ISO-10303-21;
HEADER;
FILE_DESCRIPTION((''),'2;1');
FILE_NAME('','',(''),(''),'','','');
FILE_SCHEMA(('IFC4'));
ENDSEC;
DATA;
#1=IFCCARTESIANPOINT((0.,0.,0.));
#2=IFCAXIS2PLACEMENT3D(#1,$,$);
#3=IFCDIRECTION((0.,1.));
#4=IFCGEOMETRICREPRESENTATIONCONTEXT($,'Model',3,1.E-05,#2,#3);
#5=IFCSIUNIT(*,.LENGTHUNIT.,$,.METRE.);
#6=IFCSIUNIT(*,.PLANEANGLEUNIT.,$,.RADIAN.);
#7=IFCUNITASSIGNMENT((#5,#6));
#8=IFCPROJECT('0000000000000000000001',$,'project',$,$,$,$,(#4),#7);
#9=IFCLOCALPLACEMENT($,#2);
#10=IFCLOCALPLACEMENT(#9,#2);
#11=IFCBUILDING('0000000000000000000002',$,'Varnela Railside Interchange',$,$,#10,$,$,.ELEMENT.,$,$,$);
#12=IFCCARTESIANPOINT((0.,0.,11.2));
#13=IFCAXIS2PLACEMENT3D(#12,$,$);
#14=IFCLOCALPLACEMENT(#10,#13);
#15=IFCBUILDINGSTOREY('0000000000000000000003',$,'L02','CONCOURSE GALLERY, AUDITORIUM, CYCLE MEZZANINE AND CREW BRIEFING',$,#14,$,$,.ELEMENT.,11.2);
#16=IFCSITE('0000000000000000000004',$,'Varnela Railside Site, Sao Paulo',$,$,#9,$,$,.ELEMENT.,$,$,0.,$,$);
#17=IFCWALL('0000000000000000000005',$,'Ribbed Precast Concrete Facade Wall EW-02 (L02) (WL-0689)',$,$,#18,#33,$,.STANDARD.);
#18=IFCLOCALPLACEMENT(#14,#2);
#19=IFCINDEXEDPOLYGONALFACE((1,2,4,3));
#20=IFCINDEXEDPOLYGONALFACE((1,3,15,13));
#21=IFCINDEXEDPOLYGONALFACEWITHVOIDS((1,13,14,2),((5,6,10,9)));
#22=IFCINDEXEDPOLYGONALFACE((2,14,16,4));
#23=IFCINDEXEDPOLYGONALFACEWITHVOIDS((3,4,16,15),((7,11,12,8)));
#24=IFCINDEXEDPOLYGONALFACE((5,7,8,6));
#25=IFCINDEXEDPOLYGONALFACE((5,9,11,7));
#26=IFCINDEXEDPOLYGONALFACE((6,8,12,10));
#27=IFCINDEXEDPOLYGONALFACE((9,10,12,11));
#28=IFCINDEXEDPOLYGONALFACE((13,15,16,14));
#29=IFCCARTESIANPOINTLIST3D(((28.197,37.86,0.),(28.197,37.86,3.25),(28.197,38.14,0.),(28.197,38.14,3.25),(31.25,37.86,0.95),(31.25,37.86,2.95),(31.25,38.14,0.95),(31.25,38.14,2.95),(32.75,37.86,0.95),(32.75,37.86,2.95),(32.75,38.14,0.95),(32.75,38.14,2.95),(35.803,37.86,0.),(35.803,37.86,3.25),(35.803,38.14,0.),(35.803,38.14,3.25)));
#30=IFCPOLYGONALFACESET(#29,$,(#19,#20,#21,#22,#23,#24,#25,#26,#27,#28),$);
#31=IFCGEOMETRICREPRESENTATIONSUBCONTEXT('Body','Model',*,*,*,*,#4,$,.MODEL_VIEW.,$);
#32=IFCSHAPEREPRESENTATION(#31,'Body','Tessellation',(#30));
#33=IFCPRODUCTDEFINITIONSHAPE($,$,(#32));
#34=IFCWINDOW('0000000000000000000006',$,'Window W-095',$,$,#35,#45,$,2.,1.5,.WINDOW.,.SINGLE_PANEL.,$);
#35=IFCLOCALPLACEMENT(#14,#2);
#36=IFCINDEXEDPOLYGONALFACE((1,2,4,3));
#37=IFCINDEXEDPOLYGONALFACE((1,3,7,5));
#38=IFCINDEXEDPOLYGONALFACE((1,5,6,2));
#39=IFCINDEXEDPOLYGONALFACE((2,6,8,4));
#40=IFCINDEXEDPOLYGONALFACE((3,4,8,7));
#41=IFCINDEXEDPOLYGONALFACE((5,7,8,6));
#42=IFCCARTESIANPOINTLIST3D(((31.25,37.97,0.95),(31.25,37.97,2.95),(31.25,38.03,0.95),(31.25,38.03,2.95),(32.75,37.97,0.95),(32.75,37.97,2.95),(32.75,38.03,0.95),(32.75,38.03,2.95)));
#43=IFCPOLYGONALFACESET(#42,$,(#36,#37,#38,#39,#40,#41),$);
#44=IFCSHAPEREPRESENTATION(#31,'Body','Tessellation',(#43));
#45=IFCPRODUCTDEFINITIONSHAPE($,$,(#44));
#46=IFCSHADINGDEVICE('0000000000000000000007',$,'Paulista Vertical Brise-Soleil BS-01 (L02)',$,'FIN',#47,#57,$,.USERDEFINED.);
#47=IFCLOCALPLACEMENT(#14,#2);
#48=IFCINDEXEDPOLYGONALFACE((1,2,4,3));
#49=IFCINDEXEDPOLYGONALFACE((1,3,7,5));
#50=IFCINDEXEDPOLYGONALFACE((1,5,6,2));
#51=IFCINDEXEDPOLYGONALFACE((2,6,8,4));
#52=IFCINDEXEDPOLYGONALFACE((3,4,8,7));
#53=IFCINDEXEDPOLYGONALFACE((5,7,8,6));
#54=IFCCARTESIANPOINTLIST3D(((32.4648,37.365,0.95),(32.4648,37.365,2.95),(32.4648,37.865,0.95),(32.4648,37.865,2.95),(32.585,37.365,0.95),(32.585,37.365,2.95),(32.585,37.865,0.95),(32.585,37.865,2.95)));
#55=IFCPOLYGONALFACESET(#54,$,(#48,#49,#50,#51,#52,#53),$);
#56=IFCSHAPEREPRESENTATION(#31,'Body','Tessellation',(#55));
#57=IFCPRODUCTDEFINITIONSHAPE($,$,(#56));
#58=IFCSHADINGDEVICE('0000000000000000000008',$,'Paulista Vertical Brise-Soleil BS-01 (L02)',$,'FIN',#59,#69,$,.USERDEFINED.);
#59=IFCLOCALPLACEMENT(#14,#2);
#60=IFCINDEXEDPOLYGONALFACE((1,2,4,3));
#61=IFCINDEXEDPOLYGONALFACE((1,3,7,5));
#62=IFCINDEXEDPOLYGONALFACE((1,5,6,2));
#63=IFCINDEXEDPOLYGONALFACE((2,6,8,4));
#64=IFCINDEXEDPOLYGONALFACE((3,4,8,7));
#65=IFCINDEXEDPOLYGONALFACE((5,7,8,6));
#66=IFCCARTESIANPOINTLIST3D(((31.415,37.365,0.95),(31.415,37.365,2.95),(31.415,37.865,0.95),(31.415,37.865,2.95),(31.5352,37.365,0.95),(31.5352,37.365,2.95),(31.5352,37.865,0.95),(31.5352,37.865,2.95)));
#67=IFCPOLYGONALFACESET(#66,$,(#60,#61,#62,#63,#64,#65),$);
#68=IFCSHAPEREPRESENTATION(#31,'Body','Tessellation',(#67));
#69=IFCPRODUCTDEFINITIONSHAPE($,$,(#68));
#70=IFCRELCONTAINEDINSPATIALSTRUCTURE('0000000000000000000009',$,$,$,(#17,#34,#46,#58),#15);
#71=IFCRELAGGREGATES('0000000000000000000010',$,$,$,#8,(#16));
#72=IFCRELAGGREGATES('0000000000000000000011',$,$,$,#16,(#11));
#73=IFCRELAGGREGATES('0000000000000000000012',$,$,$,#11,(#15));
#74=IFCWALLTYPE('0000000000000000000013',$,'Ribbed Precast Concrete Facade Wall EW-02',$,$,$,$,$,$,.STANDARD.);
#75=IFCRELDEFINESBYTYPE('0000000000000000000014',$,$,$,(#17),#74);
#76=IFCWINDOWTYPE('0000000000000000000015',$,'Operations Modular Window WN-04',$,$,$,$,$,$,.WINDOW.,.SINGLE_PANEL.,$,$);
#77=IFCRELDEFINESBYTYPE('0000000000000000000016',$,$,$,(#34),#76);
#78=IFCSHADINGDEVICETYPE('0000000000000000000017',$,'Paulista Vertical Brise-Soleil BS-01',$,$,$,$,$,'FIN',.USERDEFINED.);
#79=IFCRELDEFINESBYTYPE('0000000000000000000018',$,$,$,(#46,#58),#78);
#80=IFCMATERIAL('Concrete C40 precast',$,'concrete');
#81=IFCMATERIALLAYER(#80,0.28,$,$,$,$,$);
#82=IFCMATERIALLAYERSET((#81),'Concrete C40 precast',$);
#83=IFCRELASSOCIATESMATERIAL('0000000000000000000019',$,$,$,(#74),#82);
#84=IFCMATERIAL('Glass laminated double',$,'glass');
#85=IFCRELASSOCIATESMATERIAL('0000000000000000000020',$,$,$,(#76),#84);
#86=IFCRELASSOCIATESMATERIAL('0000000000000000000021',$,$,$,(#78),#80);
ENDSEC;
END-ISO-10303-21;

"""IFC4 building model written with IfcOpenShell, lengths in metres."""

from ifc_helpers import new_model, si_unit, direction, frame, frame_2d, origin, origin_2d, place, context, subcontext, project, spatial, rectangle, extrude, material, layer, layer_set, type_object, element, fill, save


model = new_model("IFC4")

# Units and contexts
model_context = context("Model", 3, precision=1e-05, world=origin(), true_north=direction((0.0, 1.0)))
body_context = subcontext(model_context, "Body", "Model", "MODEL_VIEW")
ifc_project = project(units=[si_unit("LENGTHUNIT", "METRE"), si_unit("PLANEANGLEUNIT", "RADIAN")], contexts=[model_context])

# Site, building, storey
site_placement = place(None, origin())
site = spatial("IfcSite", under=ifc_project, at=site_placement, Name="Varnela Railside Site, Sao Paulo", CompositionType="ELEMENT", RefElevation=0.0)
building_placement = place(site_placement, origin())
building = spatial("IfcBuilding", under=site, at=building_placement, Name="Varnela Railside Interchange", CompositionType="ELEMENT")
storey_placement = place(building_placement, frame((0.0, 0.0, 11.2)))
storey = spatial("IfcBuildingStorey", under=building, at=storey_placement, Name="L02", Description="CONCOURSE GALLERY, AUDITORIUM, CYCLE MEZZANINE AND CREW BRIEFING", CompositionType="ELEMENT", Elevation=11.2)

# Shared definitions
ifc_material_1 = material(Name="Concrete C40 precast", Category="concrete")

# Shared definitions
ifc_material_2 = material(Name="Glass laminated double", Category="glass")

# Wall, opening, window
ifc_layer_1 = layer(ifc_material_1, 0.28)
ifc_layer_set_1 = layer_set([ifc_layer_1], Name="Concrete C40 precast")
wall_type_1 = type_object("IfcWallType", Name="Ribbed Precast Concrete Facade Wall EW-02", PredefinedType="STANDARD", material=ifc_layer_set_1)
wall_1_placement = place(storey_placement, frame((35.803, 38.0, 0.0), z_axis=(0.0, 0.0, 1.0), x_axis=(-1.0, 0.0, 0.0)))
wall_1 = element("IfcWall", 1, at=wall_1_placement, inside=storey, type_object=wall_type_1, Name="Ribbed Precast Concrete Facade Wall EW-02 (L02) (WL-0689)", PredefinedType="STANDARD", context=body_context, shape_type="SweptSolid", body=[
    extrude(rectangle(XDim=7.606, YDim=0.28, at=frame_2d((3.803, 0.0))), origin(), (0.0, 0.0, 1.0), 3.25),
])
opening_1_placement = place(wall_1_placement, frame((3.053, 0.0, 0.95)))
opening_1 = element("IfcOpeningElement", 2, at=opening_1_placement, cuts=wall_1, PredefinedType="OPENING", context=body_context, shape_type="SweptSolid", body=[
    extrude(rectangle(XDim=1.5, YDim=2.0, at=frame_2d((0.75, 1.0))), frame((0.0, 0.1499, 0.0), z_axis=(0.0, -1.0, 0.0), x_axis=(1.0, 0.0, 0.0)), (0.0, 0.0, 1.0), 0.3),
])
window_type = type_object("IfcWindowType", Name="Operations Modular Window WN-04", PartitioningType="SINGLE_PANEL", PredefinedType="WINDOW", material=ifc_material_2)
window_placement = place(opening_1_placement, origin())
window = element("IfcWindow", 3, at=window_placement, inside=storey, type_object=window_type, Name="Window W-095", OverallHeight=2.0, OverallWidth=1.5, PartitioningType="SINGLE_PANEL", PredefinedType="WINDOW", context=body_context, shape_type="SweptSolid", body=[
    extrude(rectangle(XDim=1.5, YDim=2.0, at=frame_2d((0.75, 1.0))), frame((0.0, 0.03, 0.0), z_axis=(0.0, -1.0, 0.0), x_axis=(1.0, 0.0, 0.0)), (0.0, 0.0, 1.0), 0.0601),
])
fill(opening_1, window)

# Shading devices
shading_device_type = type_object("IfcShadingDeviceType", Name="Paulista Vertical Brise-Soleil BS-01", ElementType="FIN", PredefinedType="USERDEFINED", material=ifc_material_1)
for number, where, z_axis, x_axis, name in (
    (4, (32.5249, 37.615, 0.95), (0.0, 0.0, 1.0), (0.0, -1.0, 0.0), "Paulista Vertical Brise-Soleil BS-01 (L02)"),
    (5, (31.4751, 37.615, 0.95), (0.0, 0.0, 1.0), (0.0, -1.0, 0.0), "Paulista Vertical Brise-Soleil BS-01 (L02)"),
):
    element("IfcShadingDevice", number, at=place(storey_placement, frame(where, z_axis=z_axis, x_axis=x_axis)), inside=storey, type_object=shading_device_type, Name=name, ObjectType="FIN", PredefinedType="USERDEFINED", context=body_context, shape_type="SweptSolid", body=[
        extrude(rectangle(XDim=0.5, YDim=0.1201, at=origin_2d()), origin(), (0.0, 0.0, 1.0), 2.0),
    ])

save(model, "model.ifc")
